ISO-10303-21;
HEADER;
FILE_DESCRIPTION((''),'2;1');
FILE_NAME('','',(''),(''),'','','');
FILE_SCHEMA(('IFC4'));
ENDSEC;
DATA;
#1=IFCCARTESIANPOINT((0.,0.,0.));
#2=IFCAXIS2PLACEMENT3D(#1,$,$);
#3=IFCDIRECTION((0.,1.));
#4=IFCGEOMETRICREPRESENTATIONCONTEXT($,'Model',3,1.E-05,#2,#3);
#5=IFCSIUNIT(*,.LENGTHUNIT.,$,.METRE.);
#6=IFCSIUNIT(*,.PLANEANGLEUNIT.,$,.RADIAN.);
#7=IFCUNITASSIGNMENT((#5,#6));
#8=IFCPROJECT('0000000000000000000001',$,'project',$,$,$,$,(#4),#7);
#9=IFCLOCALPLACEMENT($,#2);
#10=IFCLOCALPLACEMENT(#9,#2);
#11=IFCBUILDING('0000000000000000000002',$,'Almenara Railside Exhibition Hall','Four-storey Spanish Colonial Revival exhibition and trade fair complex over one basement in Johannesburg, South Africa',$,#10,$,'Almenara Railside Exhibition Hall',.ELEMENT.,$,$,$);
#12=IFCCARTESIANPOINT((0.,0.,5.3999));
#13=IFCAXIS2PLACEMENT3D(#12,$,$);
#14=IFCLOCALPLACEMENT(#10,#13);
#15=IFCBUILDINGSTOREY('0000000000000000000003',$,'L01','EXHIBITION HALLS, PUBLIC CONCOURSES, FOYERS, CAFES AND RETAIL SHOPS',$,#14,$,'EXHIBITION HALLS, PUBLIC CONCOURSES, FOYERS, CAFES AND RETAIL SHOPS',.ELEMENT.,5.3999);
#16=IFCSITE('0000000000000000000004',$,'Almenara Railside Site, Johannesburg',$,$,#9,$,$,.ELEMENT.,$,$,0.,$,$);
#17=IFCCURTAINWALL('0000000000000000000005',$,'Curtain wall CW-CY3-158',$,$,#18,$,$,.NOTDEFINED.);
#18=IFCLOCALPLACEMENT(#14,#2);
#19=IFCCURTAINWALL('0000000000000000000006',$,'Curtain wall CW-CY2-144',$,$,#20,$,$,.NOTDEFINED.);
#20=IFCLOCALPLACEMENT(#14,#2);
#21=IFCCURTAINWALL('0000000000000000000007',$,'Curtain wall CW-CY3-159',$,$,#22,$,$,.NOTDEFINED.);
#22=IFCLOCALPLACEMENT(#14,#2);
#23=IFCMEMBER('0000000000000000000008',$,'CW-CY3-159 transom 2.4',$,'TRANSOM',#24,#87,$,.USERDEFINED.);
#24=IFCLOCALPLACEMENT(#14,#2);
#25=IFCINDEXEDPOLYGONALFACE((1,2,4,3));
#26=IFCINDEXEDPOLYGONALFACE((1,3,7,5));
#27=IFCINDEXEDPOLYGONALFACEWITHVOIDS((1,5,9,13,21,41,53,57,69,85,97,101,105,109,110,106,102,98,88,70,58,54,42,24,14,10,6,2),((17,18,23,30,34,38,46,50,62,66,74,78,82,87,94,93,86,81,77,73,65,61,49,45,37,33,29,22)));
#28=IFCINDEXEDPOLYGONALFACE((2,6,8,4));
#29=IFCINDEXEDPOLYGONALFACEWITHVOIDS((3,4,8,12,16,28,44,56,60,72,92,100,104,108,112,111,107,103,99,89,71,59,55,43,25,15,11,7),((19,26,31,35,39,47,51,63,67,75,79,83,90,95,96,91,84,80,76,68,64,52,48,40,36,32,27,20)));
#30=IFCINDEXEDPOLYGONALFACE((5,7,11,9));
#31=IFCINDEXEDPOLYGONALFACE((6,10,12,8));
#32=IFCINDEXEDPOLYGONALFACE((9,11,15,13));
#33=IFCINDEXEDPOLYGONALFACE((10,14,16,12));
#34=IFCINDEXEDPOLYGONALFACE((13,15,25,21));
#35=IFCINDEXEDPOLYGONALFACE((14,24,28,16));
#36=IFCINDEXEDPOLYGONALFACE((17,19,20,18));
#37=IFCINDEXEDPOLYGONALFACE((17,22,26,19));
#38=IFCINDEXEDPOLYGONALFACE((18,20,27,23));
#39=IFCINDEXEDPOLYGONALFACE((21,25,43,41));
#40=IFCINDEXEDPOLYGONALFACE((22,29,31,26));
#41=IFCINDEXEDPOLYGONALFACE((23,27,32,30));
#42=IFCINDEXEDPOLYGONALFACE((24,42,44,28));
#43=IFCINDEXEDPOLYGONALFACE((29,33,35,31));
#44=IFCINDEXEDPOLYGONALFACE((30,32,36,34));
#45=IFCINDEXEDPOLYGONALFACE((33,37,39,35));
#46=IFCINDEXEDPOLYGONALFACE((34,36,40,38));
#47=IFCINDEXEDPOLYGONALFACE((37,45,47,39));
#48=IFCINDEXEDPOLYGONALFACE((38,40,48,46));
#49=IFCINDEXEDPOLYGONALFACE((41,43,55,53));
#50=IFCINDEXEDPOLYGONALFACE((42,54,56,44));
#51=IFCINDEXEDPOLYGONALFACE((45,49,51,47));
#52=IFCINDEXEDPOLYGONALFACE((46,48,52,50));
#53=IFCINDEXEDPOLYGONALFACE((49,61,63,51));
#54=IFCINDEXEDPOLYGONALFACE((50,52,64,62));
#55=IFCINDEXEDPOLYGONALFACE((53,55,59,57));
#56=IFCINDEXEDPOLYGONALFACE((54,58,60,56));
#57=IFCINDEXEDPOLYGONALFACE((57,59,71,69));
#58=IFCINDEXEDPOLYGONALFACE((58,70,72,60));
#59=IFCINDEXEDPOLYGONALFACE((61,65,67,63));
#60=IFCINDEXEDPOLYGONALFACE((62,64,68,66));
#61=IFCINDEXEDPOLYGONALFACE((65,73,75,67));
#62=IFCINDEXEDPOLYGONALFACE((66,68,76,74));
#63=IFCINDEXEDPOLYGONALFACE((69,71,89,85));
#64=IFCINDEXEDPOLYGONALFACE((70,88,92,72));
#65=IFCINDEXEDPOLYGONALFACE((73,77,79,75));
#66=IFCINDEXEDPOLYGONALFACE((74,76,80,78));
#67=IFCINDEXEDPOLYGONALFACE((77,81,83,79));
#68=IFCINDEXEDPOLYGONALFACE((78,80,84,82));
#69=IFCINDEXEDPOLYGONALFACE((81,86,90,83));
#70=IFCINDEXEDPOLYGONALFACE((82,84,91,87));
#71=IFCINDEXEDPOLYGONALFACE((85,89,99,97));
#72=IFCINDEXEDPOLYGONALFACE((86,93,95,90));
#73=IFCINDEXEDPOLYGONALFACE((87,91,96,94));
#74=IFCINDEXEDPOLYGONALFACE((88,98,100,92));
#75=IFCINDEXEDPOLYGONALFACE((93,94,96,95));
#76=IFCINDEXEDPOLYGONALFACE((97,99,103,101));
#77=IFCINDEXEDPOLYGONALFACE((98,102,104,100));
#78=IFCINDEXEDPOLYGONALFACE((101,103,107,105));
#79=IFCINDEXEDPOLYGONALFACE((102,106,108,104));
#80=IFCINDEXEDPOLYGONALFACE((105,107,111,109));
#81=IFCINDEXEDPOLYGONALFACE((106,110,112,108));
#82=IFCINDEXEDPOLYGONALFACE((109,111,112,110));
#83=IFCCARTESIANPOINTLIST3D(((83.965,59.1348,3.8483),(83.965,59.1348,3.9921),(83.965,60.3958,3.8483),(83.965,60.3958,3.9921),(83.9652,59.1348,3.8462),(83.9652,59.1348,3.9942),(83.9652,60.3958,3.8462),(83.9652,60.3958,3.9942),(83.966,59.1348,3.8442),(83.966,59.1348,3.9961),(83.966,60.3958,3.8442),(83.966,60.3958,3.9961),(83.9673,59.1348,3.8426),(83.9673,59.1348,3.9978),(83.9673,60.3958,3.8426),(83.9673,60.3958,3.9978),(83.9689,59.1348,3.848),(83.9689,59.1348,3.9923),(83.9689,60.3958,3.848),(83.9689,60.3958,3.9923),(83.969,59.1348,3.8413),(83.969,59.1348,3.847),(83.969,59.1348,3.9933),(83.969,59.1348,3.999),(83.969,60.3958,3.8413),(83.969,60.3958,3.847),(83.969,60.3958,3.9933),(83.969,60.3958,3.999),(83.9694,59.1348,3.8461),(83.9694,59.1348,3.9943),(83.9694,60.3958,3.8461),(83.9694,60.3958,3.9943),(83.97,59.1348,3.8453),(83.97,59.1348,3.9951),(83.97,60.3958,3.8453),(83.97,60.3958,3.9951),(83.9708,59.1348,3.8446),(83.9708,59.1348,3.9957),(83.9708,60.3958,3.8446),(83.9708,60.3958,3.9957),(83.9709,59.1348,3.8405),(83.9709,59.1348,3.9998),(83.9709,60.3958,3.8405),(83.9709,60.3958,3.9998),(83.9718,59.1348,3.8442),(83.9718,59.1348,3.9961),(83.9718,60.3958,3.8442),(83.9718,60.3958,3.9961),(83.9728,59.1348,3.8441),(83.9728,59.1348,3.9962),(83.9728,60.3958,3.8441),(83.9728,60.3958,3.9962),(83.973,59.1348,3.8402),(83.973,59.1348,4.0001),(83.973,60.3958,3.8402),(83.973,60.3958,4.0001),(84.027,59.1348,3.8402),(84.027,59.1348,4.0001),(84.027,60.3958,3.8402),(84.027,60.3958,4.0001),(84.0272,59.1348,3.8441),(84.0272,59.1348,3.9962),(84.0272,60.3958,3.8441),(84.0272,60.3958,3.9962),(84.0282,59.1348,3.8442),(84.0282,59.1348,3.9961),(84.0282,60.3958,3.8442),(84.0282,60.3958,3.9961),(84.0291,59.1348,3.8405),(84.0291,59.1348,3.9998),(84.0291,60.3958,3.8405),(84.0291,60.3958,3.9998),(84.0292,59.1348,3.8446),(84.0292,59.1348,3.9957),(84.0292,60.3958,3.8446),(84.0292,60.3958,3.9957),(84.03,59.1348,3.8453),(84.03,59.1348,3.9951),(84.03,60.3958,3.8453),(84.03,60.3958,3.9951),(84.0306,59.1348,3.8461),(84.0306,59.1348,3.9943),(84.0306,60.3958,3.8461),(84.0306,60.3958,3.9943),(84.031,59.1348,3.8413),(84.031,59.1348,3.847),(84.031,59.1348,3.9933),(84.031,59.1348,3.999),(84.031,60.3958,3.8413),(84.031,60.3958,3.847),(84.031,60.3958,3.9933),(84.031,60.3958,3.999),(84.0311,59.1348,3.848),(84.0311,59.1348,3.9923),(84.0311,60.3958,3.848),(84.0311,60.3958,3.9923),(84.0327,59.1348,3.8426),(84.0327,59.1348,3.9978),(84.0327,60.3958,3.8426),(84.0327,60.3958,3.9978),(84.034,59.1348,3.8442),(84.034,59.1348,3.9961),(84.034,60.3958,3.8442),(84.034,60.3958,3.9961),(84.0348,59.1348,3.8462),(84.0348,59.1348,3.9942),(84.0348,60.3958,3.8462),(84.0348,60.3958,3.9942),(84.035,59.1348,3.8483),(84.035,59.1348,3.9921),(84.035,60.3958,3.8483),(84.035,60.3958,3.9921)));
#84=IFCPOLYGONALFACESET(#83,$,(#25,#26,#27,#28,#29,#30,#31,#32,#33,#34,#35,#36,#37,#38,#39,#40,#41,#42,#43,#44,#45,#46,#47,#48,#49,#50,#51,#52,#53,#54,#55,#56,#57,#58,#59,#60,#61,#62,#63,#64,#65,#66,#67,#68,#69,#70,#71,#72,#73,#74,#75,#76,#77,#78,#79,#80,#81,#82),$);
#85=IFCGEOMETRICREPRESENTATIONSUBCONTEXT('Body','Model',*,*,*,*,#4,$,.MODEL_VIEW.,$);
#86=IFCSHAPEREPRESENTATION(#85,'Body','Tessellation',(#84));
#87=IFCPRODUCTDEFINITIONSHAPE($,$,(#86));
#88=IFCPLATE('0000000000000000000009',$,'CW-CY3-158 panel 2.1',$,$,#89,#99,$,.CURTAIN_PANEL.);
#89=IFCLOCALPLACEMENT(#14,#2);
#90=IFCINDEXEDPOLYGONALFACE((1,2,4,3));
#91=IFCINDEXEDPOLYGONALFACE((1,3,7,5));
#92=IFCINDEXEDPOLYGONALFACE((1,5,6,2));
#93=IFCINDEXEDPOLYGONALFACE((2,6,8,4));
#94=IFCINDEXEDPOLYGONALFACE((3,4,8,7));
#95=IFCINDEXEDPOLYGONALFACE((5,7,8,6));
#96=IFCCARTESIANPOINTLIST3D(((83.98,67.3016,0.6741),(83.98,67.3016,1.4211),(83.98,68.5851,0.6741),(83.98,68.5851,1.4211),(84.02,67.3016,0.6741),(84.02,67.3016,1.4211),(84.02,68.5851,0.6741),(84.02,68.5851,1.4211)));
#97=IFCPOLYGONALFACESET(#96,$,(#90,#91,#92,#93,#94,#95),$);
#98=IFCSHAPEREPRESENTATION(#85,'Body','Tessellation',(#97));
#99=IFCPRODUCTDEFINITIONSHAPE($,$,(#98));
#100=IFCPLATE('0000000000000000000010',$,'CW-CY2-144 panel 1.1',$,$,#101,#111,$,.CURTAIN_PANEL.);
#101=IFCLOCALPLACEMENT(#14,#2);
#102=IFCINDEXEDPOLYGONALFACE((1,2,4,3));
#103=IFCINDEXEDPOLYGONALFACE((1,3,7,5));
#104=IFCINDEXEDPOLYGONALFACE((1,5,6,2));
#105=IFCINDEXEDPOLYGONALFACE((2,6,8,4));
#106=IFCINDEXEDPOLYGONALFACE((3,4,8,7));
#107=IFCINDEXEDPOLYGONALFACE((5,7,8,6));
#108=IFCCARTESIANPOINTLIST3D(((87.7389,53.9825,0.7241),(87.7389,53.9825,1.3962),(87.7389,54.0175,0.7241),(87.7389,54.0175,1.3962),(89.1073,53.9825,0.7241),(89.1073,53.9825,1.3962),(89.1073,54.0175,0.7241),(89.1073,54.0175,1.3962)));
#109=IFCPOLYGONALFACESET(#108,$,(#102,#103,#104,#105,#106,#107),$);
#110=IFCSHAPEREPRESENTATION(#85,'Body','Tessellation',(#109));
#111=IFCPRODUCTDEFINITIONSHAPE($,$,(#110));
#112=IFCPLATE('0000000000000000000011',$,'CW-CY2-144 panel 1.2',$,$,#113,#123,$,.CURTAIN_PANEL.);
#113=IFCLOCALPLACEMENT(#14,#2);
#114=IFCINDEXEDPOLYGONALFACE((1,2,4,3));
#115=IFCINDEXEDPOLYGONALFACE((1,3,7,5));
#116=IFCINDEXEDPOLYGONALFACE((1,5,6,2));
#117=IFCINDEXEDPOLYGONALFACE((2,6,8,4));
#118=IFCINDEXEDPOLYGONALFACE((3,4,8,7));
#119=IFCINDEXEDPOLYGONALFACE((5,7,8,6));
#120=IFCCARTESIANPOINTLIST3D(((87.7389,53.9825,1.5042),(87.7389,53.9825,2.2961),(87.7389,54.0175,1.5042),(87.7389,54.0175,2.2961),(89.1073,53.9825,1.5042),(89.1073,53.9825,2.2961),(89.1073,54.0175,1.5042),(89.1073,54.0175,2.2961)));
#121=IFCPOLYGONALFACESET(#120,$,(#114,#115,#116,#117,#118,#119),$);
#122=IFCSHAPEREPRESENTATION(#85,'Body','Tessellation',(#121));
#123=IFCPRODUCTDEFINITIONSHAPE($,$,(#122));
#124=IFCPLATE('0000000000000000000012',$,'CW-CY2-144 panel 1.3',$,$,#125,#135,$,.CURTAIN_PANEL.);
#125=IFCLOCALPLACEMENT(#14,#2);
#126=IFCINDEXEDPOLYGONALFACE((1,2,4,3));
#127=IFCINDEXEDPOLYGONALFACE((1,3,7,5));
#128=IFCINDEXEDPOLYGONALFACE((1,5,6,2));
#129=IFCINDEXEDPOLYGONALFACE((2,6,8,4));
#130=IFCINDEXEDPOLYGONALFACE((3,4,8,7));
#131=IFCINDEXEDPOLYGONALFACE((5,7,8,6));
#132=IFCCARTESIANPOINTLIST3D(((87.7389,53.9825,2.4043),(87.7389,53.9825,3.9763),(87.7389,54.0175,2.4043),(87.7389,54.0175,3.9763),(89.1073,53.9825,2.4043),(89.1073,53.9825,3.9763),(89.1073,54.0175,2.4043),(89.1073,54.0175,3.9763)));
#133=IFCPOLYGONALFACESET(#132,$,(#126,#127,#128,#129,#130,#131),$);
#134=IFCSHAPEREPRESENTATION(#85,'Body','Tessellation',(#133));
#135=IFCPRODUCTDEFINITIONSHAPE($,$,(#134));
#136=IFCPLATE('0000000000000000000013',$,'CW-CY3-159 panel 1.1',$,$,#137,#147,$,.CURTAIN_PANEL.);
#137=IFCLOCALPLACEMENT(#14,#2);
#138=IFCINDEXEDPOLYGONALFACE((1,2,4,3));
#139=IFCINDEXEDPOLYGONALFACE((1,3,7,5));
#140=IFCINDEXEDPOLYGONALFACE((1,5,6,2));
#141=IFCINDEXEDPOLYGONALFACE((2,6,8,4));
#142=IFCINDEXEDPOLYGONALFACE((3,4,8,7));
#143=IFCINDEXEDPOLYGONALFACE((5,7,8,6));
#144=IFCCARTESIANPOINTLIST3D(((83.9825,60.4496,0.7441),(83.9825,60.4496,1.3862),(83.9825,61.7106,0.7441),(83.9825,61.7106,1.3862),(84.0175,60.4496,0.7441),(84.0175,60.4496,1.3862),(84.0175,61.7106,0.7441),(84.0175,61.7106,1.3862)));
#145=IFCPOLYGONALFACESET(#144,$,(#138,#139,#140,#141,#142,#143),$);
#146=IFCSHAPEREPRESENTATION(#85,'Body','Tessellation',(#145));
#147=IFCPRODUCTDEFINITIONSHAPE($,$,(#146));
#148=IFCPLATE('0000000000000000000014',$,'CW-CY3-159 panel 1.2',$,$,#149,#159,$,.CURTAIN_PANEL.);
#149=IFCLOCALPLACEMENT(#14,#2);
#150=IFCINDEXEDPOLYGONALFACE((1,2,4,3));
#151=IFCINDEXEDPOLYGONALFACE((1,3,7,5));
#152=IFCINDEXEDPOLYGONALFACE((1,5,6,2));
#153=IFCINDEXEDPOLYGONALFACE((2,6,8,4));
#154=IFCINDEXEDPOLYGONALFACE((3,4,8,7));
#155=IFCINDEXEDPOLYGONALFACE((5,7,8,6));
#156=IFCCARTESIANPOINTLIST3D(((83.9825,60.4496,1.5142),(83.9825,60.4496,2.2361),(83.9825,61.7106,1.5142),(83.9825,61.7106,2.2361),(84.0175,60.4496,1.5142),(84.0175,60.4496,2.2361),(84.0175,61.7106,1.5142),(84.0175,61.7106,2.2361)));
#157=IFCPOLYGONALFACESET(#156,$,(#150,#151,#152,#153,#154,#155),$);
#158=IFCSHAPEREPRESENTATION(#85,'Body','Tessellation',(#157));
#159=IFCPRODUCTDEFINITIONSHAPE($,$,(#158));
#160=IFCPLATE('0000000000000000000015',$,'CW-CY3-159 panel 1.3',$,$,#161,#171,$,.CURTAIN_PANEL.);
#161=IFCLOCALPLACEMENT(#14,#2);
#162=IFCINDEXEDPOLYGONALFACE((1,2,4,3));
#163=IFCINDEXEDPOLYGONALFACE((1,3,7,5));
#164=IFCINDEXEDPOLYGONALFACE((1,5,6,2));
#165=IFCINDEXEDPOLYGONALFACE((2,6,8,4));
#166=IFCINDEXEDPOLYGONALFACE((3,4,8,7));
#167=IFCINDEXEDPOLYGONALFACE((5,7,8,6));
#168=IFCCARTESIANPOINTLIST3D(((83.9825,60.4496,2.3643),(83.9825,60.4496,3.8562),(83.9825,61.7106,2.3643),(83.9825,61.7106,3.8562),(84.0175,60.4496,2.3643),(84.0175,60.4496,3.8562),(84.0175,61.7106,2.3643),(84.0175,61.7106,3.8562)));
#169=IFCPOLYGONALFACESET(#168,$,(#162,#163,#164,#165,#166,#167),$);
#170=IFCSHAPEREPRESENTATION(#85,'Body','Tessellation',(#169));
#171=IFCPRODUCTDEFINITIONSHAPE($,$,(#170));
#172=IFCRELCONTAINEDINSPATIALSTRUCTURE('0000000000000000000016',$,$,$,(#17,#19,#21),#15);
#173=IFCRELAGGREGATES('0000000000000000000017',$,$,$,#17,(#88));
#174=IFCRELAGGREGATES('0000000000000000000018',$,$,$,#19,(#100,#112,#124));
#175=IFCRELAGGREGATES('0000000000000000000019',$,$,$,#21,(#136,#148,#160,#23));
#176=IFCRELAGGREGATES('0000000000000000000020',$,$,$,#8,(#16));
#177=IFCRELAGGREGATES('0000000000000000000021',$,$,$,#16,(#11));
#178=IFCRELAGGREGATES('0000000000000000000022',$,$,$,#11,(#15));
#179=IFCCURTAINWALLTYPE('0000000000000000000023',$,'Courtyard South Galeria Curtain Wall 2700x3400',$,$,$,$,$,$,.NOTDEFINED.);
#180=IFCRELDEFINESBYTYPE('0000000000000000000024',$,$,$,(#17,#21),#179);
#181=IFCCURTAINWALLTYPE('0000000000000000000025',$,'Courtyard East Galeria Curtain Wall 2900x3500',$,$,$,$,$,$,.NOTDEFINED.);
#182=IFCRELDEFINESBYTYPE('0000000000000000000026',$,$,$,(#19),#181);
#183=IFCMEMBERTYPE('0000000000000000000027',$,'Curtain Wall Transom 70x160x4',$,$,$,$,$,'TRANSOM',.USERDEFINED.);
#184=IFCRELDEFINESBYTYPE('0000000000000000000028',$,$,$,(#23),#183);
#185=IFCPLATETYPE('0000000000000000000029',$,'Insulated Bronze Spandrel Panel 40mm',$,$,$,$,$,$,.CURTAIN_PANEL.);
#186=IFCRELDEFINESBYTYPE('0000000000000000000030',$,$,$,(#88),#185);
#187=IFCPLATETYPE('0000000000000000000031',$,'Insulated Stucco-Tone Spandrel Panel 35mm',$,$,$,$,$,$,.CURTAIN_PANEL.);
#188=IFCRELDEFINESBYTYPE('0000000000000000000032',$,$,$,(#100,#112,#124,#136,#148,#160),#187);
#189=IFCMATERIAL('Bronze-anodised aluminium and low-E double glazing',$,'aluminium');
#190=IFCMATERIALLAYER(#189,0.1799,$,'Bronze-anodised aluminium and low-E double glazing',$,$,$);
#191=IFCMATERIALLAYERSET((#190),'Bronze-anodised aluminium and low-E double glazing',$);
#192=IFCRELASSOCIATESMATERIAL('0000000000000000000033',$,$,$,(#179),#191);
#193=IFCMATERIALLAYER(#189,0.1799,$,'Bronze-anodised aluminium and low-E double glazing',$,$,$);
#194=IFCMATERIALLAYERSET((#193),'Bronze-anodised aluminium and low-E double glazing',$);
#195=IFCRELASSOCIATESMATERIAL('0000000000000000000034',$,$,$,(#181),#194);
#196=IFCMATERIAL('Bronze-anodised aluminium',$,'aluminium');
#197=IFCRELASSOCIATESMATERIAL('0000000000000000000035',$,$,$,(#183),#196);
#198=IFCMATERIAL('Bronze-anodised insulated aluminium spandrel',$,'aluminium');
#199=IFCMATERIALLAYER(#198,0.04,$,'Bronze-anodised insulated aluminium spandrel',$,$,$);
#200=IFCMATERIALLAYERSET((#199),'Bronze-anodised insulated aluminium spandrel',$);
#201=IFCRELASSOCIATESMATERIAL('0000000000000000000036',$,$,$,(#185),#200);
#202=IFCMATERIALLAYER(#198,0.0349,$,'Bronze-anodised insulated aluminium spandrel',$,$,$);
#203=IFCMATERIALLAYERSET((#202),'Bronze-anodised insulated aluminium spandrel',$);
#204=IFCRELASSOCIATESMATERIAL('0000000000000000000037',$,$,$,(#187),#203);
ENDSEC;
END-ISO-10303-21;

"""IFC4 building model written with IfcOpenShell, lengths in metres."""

from ifc_helpers import new_model, si_unit, direction, frame, origin, origin_2d, place, context, subcontext, project, spatial, rectangle, hollow_rectangle, extrude, material, layer, layer_set, material_profile, profile_set, type_object, element, aggregate, save


model = new_model("IFC4")

# Units and contexts
model_context = context("Model", 3, precision=1e-05, world=origin(), true_north=direction((0.0, 1.0)))
body_context = subcontext(model_context, "Body", "Model", "MODEL_VIEW")
ifc_project = project(units=[si_unit("LENGTHUNIT", "METRE"), si_unit("PLANEANGLEUNIT", "RADIAN")], contexts=[model_context])

# Site, building, storey
site_placement = place(None, origin())
site = spatial("IfcSite", under=ifc_project, at=site_placement, Name="Almenara Railside Site, Johannesburg", CompositionType="ELEMENT", RefElevation=0.0)
building_placement = place(site_placement, origin())
building = spatial("IfcBuilding", under=site, at=building_placement, Name="Almenara Railside Exhibition Hall", Description="Four-storey Spanish Colonial Revival exhibition and trade fair complex over one basement in Johannesburg, South Africa", LongName="Almenara Railside Exhibition Hall", CompositionType="ELEMENT")
storey_placement = place(building_placement, frame((0.0, 0.0, 5.3999)))
storey = spatial("IfcBuildingStorey", under=building, at=storey_placement, Name="L01", Description="EXHIBITION HALLS, PUBLIC CONCOURSES, FOYERS, CAFES AND RETAIL SHOPS", LongName="EXHIBITION HALLS, PUBLIC CONCOURSES, FOYERS, CAFES AND RETAIL SHOPS", CompositionType="ELEMENT", Elevation=5.3999)

# Curtain walls
ifc_material_1 = material(Name="Bronze-anodised aluminium and low-E double glazing", Category="aluminium")
ifc_layer_1 = layer(ifc_material_1, 0.1799, Name="Bronze-anodised aluminium and low-E double glazing")
ifc_layer_set_1 = layer_set([ifc_layer_1], Name="Bronze-anodised aluminium and low-E double glazing")
curtain_wall_type_1 = type_object("IfcCurtainWallType", Name="Courtyard South Galeria Curtain Wall 2700x3400", PredefinedType="NOTDEFINED", material=ifc_layer_set_1)
curtain_wall_1_placement = place(storey_placement, origin())
curtain_wall_1 = element("IfcCurtainWall", 1, at=curtain_wall_1_placement, inside=storey, type_object=curtain_wall_type_1, Name="Curtain wall CW-CY3-158", PredefinedType="NOTDEFINED")
ifc_material_2 = material(Name="Bronze-anodised aluminium", Category="aluminium")
ifc_layer_2 = layer(ifc_material_1, 0.1799, Name="Bronze-anodised aluminium and low-E double glazing")
ifc_layer_set_2 = layer_set([ifc_layer_2], Name="Bronze-anodised aluminium and low-E double glazing")
curtain_wall_type_2 = type_object("IfcCurtainWallType", Name="Courtyard East Galeria Curtain Wall 2900x3500", PredefinedType="NOTDEFINED", material=ifc_layer_set_2)
curtain_wall_2_placement = place(storey_placement, origin())
curtain_wall_2 = element("IfcCurtainWall", 2, at=curtain_wall_2_placement, inside=storey, type_object=curtain_wall_type_2, Name="Curtain wall CW-CY2-144", PredefinedType="NOTDEFINED")

# Curtain wall
curtain_wall_3_placement = place(storey_placement, origin())
curtain_wall_3 = element("IfcCurtainWall", 3, at=curtain_wall_3_placement, inside=storey, type_object=curtain_wall_type_1, Name="Curtain wall CW-CY3-159", PredefinedType="NOTDEFINED")

# Member
ifc_material_profile_1 = material_profile(ifc_material_2, hollow_rectangle(XDim=0.0701, YDim=0.1599, WallThickness=0.0039, InnerFilletRadius=0.0039, OuterFilletRadius=0.0081, at=origin_2d()), Name="ALU-TRN 70x160x4")
ifc_profile_set_1 = profile_set([ifc_material_profile_1], Name="Bronze-anodised aluminium")
member_type_1 = type_object("IfcMemberType", Name="Curtain Wall Transom 70x160x4", ElementType="TRANSOM", PredefinedType="USERDEFINED", material=ifc_profile_set_1)
member_1_placement = place(storey_placement, frame((84.0, 60.3958, 3.9202), z_axis=(0.0, -1.0, 0.0), x_axis=(1.0, 0.0, 0.0)))
member_1 = element("IfcMember", 4, at=member_1_placement, type_object=member_type_1, Name="CW-CY3-159 transom 2.4", ObjectType="TRANSOM", PredefinedType="USERDEFINED", context=body_context, shape_type="SweptSolid", body=[
    extrude(hollow_rectangle(XDim=0.0701, YDim=0.1599, WallThickness=0.0039, InnerFilletRadius=0.0039, OuterFilletRadius=0.0081, at=origin_2d()), origin(), (0.0, 0.0, 1.0), 1.261),
])

# Plates
ifc_material_3 = material(Name="Bronze-anodised insulated aluminium spandrel", Category="aluminium")
ifc_layer_3 = layer(ifc_material_3, 0.04, Name="Bronze-anodised insulated aluminium spandrel")
ifc_layer_set_3 = layer_set([ifc_layer_3], Name="Bronze-anodised insulated aluminium spandrel")
plate_type_1 = type_object("IfcPlateType", Name="Insulated Bronze Spandrel Panel 40mm", PredefinedType="CURTAIN_PANEL", material=ifc_layer_set_3)
plate_1_placement = place(storey_placement, frame((84.0, 67.9434, 0.6741), z_axis=(0.0, 0.0, 1.0), x_axis=(0.0, -1.0, 0.0)))
plate_1 = element("IfcPlate", 5, at=plate_1_placement, type_object=plate_type_1, Name="CW-CY3-158 panel 2.1", PredefinedType="CURTAIN_PANEL", context=body_context, shape_type="SweptSolid", body=[
    extrude(rectangle(XDim=1.2834, YDim=0.04, at=origin_2d()), origin(), (0.0, 0.0, 1.0), 0.7471),
])
aggregate(curtain_wall_1, [plate_1])
ifc_layer_4 = layer(ifc_material_3, 0.0349, Name="Bronze-anodised insulated aluminium spandrel")
ifc_layer_set_4 = layer_set([ifc_layer_4], Name="Bronze-anodised insulated aluminium spandrel")
plate_type_2 = type_object("IfcPlateType", Name="Insulated Stucco-Tone Spandrel Panel 35mm", PredefinedType="CURTAIN_PANEL", material=ifc_layer_set_4)
plate_2_placement = place(storey_placement, frame((88.4231, 54.0, 0.7241), z_axis=(0.0, 0.0, 1.0), x_axis=(1.0, 0.0, 0.0)))
plate_2 = element("IfcPlate", 6, at=plate_2_placement, type_object=plate_type_2, Name="CW-CY2-144 panel 1.1", PredefinedType="CURTAIN_PANEL", context=body_context, shape_type="SweptSolid", body=[
    extrude(rectangle(XDim=1.3684, YDim=0.0349, at=origin_2d()), origin(), (0.0, 0.0, 1.0), 0.6721),
])
plate_3_placement = place(storey_placement, frame((88.4231, 54.0, 1.5042), z_axis=(0.0, 0.0, 1.0), x_axis=(1.0, 0.0, 0.0)))
plate_3 = element("IfcPlate", 7, at=plate_3_placement, type_object=plate_type_2, Name="CW-CY2-144 panel 1.2", PredefinedType="CURTAIN_PANEL", context=body_context, shape_type="SweptSolid", body=[
    extrude(rectangle(XDim=1.3684, YDim=0.0349, at=origin_2d()), origin(), (0.0, 0.0, 1.0), 0.792),
])
plate_4_placement = place(storey_placement, frame((88.4231, 54.0, 2.4043), z_axis=(0.0, 0.0, 1.0), x_axis=(1.0, 0.0, 0.0)))
plate_4 = element("IfcPlate", 8, at=plate_4_placement, type_object=plate_type_2, Name="CW-CY2-144 panel 1.3", PredefinedType="CURTAIN_PANEL", context=body_context, shape_type="SweptSolid", body=[
    extrude(rectangle(XDim=1.3684, YDim=0.0349, at=origin_2d()), origin(), (0.0, 0.0, 1.0), 1.572),
])
aggregate(curtain_wall_2, [plate_2, plate_3, plate_4])
plate_5_placement = place(storey_placement, frame((84.0, 61.0801, 0.7441), z_axis=(0.0, 0.0, 1.0), x_axis=(0.0, -1.0, 0.0)))
plate_5 = element("IfcPlate", 9, at=plate_5_placement, type_object=plate_type_2, Name="CW-CY3-159 panel 1.1", PredefinedType="CURTAIN_PANEL", context=body_context, shape_type="SweptSolid", body=[
    extrude(rectangle(XDim=1.261, YDim=0.0349, at=origin_2d()), origin(), (0.0, 0.0, 1.0), 0.6421),
])
plate_6_placement = place(storey_placement, frame((84.0, 61.0801, 1.5142), z_axis=(0.0, 0.0, 1.0), x_axis=(0.0, -1.0, 0.0)))
plate_6 = element("IfcPlate", 10, at=plate_6_placement, type_object=plate_type_2, Name="CW-CY3-159 panel 1.2", PredefinedType="CURTAIN_PANEL", context=body_context, shape_type="SweptSolid", body=[
    extrude(rectangle(XDim=1.261, YDim=0.0349, at=origin_2d()), origin(), (0.0, 0.0, 1.0), 0.7219),
])
plate_7_placement = place(storey_placement, frame((84.0, 61.0801, 2.3643), z_axis=(0.0, 0.0, 1.0), x_axis=(0.0, -1.0, 0.0)))
plate_7 = element("IfcPlate", 11, at=plate_7_placement, type_object=plate_type_2, Name="CW-CY3-159 panel 1.3", PredefinedType="CURTAIN_PANEL", context=body_context, shape_type="SweptSolid", body=[
    extrude(rectangle(XDim=1.261, YDim=0.0349, at=origin_2d()), origin(), (0.0, 0.0, 1.0), 1.4919),
])
aggregate(curtain_wall_3, [plate_5, plate_6, plate_7, member_1])

save(model, "model.ifc")
